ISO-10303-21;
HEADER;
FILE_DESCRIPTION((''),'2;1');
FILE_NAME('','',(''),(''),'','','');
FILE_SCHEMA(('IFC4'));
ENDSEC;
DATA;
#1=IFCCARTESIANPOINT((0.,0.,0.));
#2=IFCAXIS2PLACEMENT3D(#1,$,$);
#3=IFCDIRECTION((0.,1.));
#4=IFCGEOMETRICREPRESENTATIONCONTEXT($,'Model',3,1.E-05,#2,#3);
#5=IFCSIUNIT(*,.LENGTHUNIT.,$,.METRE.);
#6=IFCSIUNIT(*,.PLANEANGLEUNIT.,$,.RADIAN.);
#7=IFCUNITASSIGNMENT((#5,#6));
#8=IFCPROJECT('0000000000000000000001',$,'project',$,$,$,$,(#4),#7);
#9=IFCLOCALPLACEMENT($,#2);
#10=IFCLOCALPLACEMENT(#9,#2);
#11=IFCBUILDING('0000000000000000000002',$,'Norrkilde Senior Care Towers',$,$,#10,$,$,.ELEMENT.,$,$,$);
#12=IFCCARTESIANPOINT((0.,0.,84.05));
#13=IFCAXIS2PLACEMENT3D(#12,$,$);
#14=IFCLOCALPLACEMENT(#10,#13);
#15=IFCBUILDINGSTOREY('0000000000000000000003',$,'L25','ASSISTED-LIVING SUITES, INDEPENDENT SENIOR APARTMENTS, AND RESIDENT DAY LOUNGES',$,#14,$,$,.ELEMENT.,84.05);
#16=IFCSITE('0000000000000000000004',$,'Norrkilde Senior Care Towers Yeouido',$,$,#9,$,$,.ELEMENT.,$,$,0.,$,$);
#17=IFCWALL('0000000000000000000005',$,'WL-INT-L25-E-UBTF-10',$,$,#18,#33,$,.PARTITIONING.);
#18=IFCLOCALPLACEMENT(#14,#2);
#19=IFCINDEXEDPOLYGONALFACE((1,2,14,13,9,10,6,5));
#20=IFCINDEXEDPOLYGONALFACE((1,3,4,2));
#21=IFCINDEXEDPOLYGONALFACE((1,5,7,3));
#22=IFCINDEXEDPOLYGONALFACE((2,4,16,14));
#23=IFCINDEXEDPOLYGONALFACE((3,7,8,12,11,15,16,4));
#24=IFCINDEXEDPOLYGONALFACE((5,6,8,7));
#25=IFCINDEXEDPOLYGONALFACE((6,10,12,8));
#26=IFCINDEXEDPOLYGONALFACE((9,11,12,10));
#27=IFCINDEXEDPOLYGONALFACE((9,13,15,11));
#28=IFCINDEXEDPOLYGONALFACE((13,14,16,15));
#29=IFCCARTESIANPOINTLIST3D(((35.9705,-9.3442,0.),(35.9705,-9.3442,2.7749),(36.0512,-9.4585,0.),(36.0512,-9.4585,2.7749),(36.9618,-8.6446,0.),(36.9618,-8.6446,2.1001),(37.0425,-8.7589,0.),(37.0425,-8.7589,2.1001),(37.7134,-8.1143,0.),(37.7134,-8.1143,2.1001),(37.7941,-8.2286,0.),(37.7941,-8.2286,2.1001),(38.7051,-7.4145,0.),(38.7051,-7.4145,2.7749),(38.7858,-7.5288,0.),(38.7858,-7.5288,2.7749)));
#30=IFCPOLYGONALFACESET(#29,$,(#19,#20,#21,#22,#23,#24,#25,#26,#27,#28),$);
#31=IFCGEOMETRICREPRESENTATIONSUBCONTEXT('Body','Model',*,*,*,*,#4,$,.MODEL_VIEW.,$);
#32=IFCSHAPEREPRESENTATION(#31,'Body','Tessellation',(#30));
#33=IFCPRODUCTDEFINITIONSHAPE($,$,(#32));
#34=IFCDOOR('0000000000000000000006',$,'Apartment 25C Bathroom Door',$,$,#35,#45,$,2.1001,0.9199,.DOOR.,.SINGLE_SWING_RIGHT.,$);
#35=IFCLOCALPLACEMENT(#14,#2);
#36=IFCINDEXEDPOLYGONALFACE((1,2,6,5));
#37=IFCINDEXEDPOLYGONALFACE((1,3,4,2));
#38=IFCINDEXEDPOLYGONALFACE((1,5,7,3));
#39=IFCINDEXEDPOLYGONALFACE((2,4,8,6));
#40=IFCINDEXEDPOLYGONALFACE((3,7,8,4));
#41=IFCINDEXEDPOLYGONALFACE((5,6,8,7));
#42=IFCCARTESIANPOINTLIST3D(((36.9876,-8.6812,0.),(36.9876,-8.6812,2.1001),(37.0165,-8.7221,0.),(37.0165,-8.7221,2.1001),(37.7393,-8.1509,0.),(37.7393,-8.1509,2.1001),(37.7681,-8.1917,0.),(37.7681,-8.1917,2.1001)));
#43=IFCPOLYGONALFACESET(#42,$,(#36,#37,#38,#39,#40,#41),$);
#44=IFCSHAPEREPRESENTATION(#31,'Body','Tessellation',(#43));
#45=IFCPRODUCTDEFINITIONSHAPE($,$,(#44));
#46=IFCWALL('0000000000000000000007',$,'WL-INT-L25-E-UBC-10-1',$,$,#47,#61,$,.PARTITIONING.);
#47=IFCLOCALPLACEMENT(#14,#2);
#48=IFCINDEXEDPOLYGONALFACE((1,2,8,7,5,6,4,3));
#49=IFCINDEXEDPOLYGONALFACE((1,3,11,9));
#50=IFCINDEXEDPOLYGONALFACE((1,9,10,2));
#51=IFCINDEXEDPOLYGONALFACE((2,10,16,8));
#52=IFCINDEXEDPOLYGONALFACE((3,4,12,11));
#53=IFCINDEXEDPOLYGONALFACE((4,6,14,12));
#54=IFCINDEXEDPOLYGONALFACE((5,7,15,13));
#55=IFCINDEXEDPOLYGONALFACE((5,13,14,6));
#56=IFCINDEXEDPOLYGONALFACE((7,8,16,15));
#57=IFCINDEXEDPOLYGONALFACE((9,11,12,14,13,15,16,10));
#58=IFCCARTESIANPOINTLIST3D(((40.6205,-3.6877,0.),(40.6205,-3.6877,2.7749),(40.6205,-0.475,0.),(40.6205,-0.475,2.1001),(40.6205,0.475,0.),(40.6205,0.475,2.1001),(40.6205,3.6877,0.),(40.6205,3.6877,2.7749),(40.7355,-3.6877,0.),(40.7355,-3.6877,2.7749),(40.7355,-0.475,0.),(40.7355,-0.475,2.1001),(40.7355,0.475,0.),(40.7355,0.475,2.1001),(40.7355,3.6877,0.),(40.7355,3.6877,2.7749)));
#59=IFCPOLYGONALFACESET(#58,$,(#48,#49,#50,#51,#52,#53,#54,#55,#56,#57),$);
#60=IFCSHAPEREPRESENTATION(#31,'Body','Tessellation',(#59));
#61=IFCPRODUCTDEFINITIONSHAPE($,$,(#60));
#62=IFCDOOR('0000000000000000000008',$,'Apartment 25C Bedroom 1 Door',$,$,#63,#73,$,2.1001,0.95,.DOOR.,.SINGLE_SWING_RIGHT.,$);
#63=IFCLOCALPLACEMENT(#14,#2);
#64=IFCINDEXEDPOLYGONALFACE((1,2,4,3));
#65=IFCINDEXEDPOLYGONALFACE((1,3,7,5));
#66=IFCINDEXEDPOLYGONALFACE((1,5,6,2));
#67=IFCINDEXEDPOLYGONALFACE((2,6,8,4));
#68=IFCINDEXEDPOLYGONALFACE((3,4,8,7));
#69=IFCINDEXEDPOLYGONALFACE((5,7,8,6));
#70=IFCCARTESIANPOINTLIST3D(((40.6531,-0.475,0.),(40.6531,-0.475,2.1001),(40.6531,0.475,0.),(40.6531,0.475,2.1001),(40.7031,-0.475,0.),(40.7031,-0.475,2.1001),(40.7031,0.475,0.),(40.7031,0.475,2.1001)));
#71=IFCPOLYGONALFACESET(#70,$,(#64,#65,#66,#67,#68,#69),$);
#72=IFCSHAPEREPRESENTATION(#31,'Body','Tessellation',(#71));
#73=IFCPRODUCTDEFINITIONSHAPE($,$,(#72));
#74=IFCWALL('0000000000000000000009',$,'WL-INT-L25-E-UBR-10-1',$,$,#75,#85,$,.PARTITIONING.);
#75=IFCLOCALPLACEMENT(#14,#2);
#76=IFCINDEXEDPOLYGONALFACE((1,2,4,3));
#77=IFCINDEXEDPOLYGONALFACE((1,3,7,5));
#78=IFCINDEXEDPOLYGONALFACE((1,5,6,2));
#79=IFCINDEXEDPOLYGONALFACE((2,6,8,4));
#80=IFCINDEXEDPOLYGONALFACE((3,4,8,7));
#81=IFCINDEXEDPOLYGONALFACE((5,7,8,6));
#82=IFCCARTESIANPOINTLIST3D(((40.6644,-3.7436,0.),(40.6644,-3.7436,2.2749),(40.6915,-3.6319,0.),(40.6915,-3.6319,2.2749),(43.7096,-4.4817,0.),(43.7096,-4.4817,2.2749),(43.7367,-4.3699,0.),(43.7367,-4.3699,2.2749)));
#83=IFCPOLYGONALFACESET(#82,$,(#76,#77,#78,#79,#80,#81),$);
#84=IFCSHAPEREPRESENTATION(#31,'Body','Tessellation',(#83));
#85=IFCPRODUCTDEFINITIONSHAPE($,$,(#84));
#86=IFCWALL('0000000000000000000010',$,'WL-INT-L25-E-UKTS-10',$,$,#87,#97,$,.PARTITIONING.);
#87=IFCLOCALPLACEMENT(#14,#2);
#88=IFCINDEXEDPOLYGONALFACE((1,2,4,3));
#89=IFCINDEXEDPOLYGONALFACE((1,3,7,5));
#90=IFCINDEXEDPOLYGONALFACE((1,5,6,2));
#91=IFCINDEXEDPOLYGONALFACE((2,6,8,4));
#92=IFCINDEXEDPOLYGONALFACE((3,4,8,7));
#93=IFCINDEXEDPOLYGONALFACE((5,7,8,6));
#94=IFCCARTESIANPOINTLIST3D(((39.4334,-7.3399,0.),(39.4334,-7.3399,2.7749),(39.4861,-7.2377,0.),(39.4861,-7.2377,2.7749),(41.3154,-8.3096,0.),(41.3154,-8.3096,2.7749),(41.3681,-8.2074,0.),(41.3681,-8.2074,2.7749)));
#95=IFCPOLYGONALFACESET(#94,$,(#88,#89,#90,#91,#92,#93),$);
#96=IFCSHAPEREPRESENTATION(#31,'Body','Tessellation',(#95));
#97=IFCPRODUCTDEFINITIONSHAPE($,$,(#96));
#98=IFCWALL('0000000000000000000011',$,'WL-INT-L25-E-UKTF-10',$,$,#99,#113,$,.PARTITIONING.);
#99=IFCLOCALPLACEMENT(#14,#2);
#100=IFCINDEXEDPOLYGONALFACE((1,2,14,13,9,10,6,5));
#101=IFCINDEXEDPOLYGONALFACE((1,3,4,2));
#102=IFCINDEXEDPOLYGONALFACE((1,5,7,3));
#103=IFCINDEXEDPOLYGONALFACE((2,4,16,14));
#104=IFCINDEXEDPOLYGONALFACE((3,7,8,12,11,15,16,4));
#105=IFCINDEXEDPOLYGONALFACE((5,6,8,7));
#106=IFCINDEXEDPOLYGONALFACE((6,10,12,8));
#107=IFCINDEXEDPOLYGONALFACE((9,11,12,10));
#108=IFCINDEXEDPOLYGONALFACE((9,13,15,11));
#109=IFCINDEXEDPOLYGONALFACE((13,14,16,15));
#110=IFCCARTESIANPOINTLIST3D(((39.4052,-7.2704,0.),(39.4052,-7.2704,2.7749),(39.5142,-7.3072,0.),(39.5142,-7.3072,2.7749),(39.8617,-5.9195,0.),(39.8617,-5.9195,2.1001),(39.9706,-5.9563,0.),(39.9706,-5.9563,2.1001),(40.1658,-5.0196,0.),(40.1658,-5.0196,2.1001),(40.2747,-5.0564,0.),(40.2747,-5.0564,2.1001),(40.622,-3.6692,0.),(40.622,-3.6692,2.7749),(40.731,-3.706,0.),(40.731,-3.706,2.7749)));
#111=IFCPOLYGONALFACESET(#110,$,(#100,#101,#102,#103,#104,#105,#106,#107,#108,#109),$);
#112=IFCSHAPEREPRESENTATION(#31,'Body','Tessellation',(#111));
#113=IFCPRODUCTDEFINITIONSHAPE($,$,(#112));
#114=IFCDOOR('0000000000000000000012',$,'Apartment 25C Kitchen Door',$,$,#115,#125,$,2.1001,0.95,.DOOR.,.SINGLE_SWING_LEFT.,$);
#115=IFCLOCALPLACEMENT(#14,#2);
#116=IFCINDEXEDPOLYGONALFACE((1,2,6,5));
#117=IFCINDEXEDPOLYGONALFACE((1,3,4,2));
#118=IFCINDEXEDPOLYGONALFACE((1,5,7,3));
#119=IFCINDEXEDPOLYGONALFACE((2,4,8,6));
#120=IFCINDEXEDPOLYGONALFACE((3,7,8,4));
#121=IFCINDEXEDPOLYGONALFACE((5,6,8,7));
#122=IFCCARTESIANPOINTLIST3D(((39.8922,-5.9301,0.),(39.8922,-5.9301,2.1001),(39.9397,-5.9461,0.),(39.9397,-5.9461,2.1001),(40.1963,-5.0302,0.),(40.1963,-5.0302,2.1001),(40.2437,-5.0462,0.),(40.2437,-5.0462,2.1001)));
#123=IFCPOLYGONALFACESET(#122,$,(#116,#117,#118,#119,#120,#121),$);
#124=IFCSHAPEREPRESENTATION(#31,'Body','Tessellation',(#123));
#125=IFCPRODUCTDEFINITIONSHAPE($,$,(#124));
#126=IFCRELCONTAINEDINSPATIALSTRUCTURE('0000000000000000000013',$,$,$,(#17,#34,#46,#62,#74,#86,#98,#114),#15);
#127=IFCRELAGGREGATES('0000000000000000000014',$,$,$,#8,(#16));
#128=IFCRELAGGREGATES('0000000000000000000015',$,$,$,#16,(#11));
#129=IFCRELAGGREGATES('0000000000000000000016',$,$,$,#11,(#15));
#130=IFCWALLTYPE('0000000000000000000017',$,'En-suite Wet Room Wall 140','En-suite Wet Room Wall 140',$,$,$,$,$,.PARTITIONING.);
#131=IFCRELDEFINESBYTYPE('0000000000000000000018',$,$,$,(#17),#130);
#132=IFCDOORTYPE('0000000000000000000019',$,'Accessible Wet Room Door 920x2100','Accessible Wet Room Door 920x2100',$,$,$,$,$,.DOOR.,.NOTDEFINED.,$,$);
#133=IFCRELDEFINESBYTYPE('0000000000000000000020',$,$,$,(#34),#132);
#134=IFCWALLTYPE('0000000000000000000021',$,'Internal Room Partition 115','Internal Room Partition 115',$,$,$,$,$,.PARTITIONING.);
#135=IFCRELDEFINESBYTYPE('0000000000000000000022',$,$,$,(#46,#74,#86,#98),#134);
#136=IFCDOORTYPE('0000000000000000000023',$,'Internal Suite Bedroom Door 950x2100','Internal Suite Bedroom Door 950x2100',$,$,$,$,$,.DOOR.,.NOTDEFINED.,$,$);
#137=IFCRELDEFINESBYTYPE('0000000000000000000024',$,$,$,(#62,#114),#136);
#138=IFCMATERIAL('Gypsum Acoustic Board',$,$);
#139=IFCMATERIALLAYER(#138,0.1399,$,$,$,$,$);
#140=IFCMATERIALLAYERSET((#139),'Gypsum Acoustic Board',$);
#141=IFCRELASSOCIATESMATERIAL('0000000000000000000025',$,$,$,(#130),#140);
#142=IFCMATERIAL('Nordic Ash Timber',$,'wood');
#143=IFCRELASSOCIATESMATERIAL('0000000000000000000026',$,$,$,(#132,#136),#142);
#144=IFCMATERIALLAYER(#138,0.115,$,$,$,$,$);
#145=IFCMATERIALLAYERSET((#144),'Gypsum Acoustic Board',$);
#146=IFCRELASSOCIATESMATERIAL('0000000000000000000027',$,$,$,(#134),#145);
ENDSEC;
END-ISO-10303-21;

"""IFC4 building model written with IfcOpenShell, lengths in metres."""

from ifc_helpers import new_model, si_unit, direction, frame, frame_2d, origin, place, context, subcontext, project, spatial, rectangle, extrude, source, transform, mapped, material, layer, layer_set, type_object, type_shapes, element, fill, save


model = new_model("IFC4")

# Units and contexts
model_context = context("Model", 3, precision=1e-05, world=origin(), true_north=direction((0.0, 1.0)))
body_context = subcontext(model_context, "Body", "Model", "MODEL_VIEW")
ifc_project = project(units=[si_unit("LENGTHUNIT", "METRE"), si_unit("PLANEANGLEUNIT", "RADIAN")], contexts=[model_context])

# Site, building, storey
site_placement = place(None, origin())
site = spatial("IfcSite", under=ifc_project, at=site_placement, Name="Norrkilde Senior Care Towers Yeouido", CompositionType="ELEMENT", RefElevation=0.0)
building_placement = place(site_placement, origin())
building = spatial("IfcBuilding", under=site, at=building_placement, Name="Norrkilde Senior Care Towers", CompositionType="ELEMENT")
storey_placement = place(building_placement, frame((0.0, 0.0, 84.05)))
storey = spatial("IfcBuildingStorey", under=building, at=storey_placement, Name="L25", Description="ASSISTED-LIVING SUITES, INDEPENDENT SENIOR APARTMENTS, AND RESIDENT DAY LOUNGES", CompositionType="ELEMENT", Elevation=84.05)

# Shared definitions
ifc_material_1 = material(Name="Gypsum Acoustic Board")
ifc_layer_1 = layer(ifc_material_1, 0.1399)
ifc_layer_set_1 = layer_set([ifc_layer_1], Name="Gypsum Acoustic Board")
wall_type_1 = type_object("IfcWallType", Name="En-suite Wet Room Wall 140", Description="En-suite Wet Room Wall 140", PredefinedType="PARTITIONING", material=ifc_layer_set_1)

# Walls, openings, doors
shared_shape_1 = source(origin(), body_context, "Body", "SweptSolid", [
    extrude(rectangle(XDim=3.3469, YDim=0.1399, at=frame_2d((1.6733, 0.0))), origin(), (0.0, 0.0, 1.0), 2.7749),
])
wall_1_placement = place(storey_placement, frame((38.7454, -7.4717, 0.0), z_axis=(0.0, 0.0, 1.0), x_axis=(-0.817057, -0.576557, 0.0)))
wall_1 = element("IfcWall", 1, at=wall_1_placement, inside=storey, type_object=wall_type_1, Name="WL-INT-L25-E-UBTF-10", PredefinedType="PARTITIONING", context=body_context, shape_type="MappedRepresentation", body=[
    mapped(shared_shape_1, transform((0.0, 0.0, 0.0), x_axis=(1.0, 0.0, 0.0), y_axis=(0.0, 1.0, 0.0), z_axis=(0.0, 0.0, 1.0), scale=1.0)),
])
opening_1_placement = place(wall_1_placement, frame((1.2136, 0.0, 0.0)))
opening_1 = element("IfcOpeningElement", 2, at=opening_1_placement, cuts=wall_1, PredefinedType="OPENING", context=body_context, shape_type="SweptSolid", body=[
    extrude(rectangle(XDim=0.9199, YDim=2.1001, at=frame_2d((0.46, 1.05))), frame((0.0, 0.0798, 0.0), z_axis=(0.0, -1.0, 0.0), x_axis=(1.0, 0.0, 0.0)), (0.0, 0.0, 1.0), 0.1599),
])
ifc_material_2 = material(Name="Nordic Ash Timber", Category="wood")
door_type_1 = type_object("IfcDoorType", Name="Accessible Wet Room Door 920x2100", Description="Accessible Wet Room Door 920x2100", OperationType="NOTDEFINED", PredefinedType="DOOR", material=ifc_material_2)
shared_shape_2 = source(origin(), body_context, "Body", "SweptSolid", [
    extrude(rectangle(XDim=0.9199, YDim=2.1001, at=frame_2d((0.46, 1.05))), frame((0.0, 0.0249, 0.0), z_axis=(0.0, -1.0, 0.0), x_axis=(1.0, 0.0, 0.0)), (0.0, 0.0, 1.0), 0.05),
])
type_shapes(door_type_1, [shared_shape_2])
door_1_placement = place(opening_1_placement, origin())
door_1 = element("IfcDoor", 3, at=door_1_placement, inside=storey, type_object=door_type_1, Name="Apartment 25C Bathroom Door", OperationType="SINGLE_SWING_RIGHT", OverallHeight=2.1001, OverallWidth=0.9199, PredefinedType="DOOR", context=body_context, shape_type="MappedRepresentation", body=[
    mapped(shared_shape_2, transform((0.0, 0.0, 0.0), x_axis=(1.0, 0.0, 0.0), y_axis=(0.0, 1.0, 0.0), z_axis=(0.0, 0.0, 1.0), scale=1.0)),
])
fill(opening_1, door_1)
ifc_layer_2 = layer(ifc_material_1, 0.115)
ifc_layer_set_2 = layer_set([ifc_layer_2], Name="Gypsum Acoustic Board")
wall_type_2 = type_object("IfcWallType", Name="Internal Room Partition 115", Description="Internal Room Partition 115", PredefinedType="PARTITIONING", material=ifc_layer_set_2)
shared_shape_3 = source(origin(), body_context, "Body", "SweptSolid", [
    extrude(rectangle(XDim=7.3755, YDim=0.115, at=frame_2d((3.6877, 0.0))), origin(), (0.0, 0.0, 1.0), 2.7749),
])
wall_2_placement = place(storey_placement, frame((40.678, -3.6877, 0.0), z_axis=(0.0, 0.0, 1.0), x_axis=(0.0, 1.0, 0.0)))
wall_2 = element("IfcWall", 4, at=wall_2_placement, inside=storey, type_object=wall_type_2, Name="WL-INT-L25-E-UBC-10-1", PredefinedType="PARTITIONING", context=body_context, shape_type="MappedRepresentation", body=[
    mapped(shared_shape_3, transform((0.0, 0.0, 0.0), x_axis=(1.0, 0.0, 0.0), y_axis=(0.0, 1.0, 0.0), z_axis=(0.0, 0.0, 1.0), scale=1.0)),
])
opening_2_placement = place(wall_2_placement, frame((3.2126, 0.0, 0.0)))
opening_2 = element("IfcOpeningElement", 5, at=opening_2_placement, cuts=wall_2, PredefinedType="OPENING", context=body_context, shape_type="SweptSolid", body=[
    extrude(rectangle(XDim=0.95, YDim=2.1001, at=frame_2d((0.4751, 1.05))), frame((0.0, 0.0674, 0.0), z_axis=(0.0, -1.0, 0.0), x_axis=(1.0, 0.0, 0.0)), (0.0, 0.0, 1.0), 0.135),
])
door_type_2 = type_object("IfcDoorType", Name="Internal Suite Bedroom Door 950x2100", Description="Internal Suite Bedroom Door 950x2100", OperationType="NOTDEFINED", PredefinedType="DOOR", material=ifc_material_2)
shared_shape_4 = source(origin(), body_context, "Body", "SweptSolid", [
    extrude(rectangle(XDim=0.95, YDim=2.1001, at=frame_2d((0.4751, 1.05))), frame((0.0, 0.0249, 0.0), z_axis=(0.0, -1.0, 0.0), x_axis=(1.0, 0.0, 0.0)), (0.0, 0.0, 1.0), 0.05),
])
type_shapes(door_type_2, [shared_shape_4])
door_2_placement = place(opening_2_placement, origin())
door_2 = element("IfcDoor", 6, at=door_2_placement, inside=storey, type_object=door_type_2, Name="Apartment 25C Bedroom 1 Door", OperationType="SINGLE_SWING_RIGHT", OverallHeight=2.1001, OverallWidth=0.95, PredefinedType="DOOR", context=body_context, shape_type="MappedRepresentation", body=[
    mapped(shared_shape_4, transform((0.0, 0.0, 0.0), x_axis=(1.0, 0.0, 0.0), y_axis=(0.0, 1.0, 0.0), z_axis=(0.0, 0.0, 1.0), scale=1.0)),
])
fill(opening_2, door_2)

# Walls
shared_shape_5 = source(origin(), body_context, "Body", "SweptSolid", [
    extrude(rectangle(XDim=3.1333, YDim=0.115, at=frame_2d((1.5667, 0.0))), origin(), (0.0, 0.0, 1.0), 2.2749),
])
wall_3_placement = place(storey_placement, frame((40.678, -3.6877, 0.0), z_axis=(0.0, 0.0, 1.0), x_axis=(0.971864, -0.235544, 0.0)))
element("IfcWall", 7, at=wall_3_placement, inside=storey, type_object=wall_type_2, Name="WL-INT-L25-E-UBR-10-1", PredefinedType="PARTITIONING", context=body_context, shape_type="MappedRepresentation", body=[
    mapped(shared_shape_5, transform((0.0, 0.0, 0.0), x_axis=(1.0, 0.0, 0.0), y_axis=(0.0, 1.0, 0.0), z_axis=(0.0, 0.0, 1.0), scale=1.0)),
])
shared_shape_6 = source(origin(), body_context, "Body", "SweptSolid", [
    extrude(rectangle(XDim=2.1172, YDim=0.115, at=frame_2d((1.0586, 0.0))), origin(), (0.0, 0.0, 1.0), 2.7749),
])
wall_4_placement = place(storey_placement, frame((39.4597, -7.2888, 0.0), z_axis=(0.0, 0.0, 1.0), x_axis=(0.888942, -0.45802, 0.0)))
element("IfcWall", 8, at=wall_4_placement, inside=storey, type_object=wall_type_2, Name="WL-INT-L25-E-UKTS-10", PredefinedType="PARTITIONING", context=body_context, shape_type="MappedRepresentation", body=[
    mapped(shared_shape_6, transform((0.0, 0.0, 0.0), x_axis=(1.0, 0.0, 0.0), y_axis=(0.0, 1.0, 0.0), z_axis=(0.0, 0.0, 1.0), scale=1.0)),
])

# Wall, opening, door
shared_shape_7 = source(origin(), body_context, "Body", "SweptSolid", [
    extrude(rectangle(XDim=3.8013, YDim=0.115, at=frame_2d((1.9006, 0.0))), origin(), (0.0, 0.0, 1.0), 2.7749),
])
type_shapes(wall_type_2, [shared_shape_3, shared_shape_5, shared_shape_6, shared_shape_7])
wall_5_placement = place(storey_placement, frame((39.4597, -7.2888, 0.0), z_axis=(0.0, 0.0, 1.0), x_axis=(0.320098, 0.947384, 0.0)))
wall_5 = element("IfcWall", 9, at=wall_5_placement, inside=storey, type_object=wall_type_2, Name="WL-INT-L25-E-UKTF-10", PredefinedType="PARTITIONING", context=body_context, shape_type="MappedRepresentation", body=[
    mapped(shared_shape_7, transform((0.0, 0.0, 0.0), x_axis=(1.0, 0.0, 0.0), y_axis=(0.0, 1.0, 0.0), z_axis=(0.0, 0.0, 1.0), scale=1.0)),
])
opening_3_placement = place(wall_5_placement, frame((1.4258, 0.0, 0.0)))
opening_3 = element("IfcOpeningElement", 10, at=opening_3_placement, cuts=wall_5, PredefinedType="OPENING", context=body_context, shape_type="SweptSolid", body=[
    extrude(rectangle(XDim=0.95, YDim=2.1001, at=frame_2d((0.4751, 1.05))), frame((0.0, 0.0674, 0.0), z_axis=(0.0, -1.0, 0.0), x_axis=(1.0, 0.0, 0.0)), (0.0, 0.0, 1.0), 0.135),
])
door_3_placement = place(opening_3_placement, frame((0.95, 0.0, 0.0), z_axis=(0.0, 0.0, 1.0), x_axis=(-1.0, 0.0, 0.0)))
door_3 = element("IfcDoor", 11, at=door_3_placement, inside=storey, type_object=door_type_2, Name="Apartment 25C Kitchen Door", OperationType="SINGLE_SWING_LEFT", OverallHeight=2.1001, OverallWidth=0.95, PredefinedType="DOOR", context=body_context, shape_type="MappedRepresentation", body=[
    mapped(shared_shape_4, transform((0.0, 0.0, 0.0), x_axis=(1.0, 0.0, 0.0), y_axis=(0.0, 1.0, 0.0), z_axis=(0.0, 0.0, 1.0), scale=1.0)),
])
fill(opening_3, door_3)

save(model, "model.ifc")
